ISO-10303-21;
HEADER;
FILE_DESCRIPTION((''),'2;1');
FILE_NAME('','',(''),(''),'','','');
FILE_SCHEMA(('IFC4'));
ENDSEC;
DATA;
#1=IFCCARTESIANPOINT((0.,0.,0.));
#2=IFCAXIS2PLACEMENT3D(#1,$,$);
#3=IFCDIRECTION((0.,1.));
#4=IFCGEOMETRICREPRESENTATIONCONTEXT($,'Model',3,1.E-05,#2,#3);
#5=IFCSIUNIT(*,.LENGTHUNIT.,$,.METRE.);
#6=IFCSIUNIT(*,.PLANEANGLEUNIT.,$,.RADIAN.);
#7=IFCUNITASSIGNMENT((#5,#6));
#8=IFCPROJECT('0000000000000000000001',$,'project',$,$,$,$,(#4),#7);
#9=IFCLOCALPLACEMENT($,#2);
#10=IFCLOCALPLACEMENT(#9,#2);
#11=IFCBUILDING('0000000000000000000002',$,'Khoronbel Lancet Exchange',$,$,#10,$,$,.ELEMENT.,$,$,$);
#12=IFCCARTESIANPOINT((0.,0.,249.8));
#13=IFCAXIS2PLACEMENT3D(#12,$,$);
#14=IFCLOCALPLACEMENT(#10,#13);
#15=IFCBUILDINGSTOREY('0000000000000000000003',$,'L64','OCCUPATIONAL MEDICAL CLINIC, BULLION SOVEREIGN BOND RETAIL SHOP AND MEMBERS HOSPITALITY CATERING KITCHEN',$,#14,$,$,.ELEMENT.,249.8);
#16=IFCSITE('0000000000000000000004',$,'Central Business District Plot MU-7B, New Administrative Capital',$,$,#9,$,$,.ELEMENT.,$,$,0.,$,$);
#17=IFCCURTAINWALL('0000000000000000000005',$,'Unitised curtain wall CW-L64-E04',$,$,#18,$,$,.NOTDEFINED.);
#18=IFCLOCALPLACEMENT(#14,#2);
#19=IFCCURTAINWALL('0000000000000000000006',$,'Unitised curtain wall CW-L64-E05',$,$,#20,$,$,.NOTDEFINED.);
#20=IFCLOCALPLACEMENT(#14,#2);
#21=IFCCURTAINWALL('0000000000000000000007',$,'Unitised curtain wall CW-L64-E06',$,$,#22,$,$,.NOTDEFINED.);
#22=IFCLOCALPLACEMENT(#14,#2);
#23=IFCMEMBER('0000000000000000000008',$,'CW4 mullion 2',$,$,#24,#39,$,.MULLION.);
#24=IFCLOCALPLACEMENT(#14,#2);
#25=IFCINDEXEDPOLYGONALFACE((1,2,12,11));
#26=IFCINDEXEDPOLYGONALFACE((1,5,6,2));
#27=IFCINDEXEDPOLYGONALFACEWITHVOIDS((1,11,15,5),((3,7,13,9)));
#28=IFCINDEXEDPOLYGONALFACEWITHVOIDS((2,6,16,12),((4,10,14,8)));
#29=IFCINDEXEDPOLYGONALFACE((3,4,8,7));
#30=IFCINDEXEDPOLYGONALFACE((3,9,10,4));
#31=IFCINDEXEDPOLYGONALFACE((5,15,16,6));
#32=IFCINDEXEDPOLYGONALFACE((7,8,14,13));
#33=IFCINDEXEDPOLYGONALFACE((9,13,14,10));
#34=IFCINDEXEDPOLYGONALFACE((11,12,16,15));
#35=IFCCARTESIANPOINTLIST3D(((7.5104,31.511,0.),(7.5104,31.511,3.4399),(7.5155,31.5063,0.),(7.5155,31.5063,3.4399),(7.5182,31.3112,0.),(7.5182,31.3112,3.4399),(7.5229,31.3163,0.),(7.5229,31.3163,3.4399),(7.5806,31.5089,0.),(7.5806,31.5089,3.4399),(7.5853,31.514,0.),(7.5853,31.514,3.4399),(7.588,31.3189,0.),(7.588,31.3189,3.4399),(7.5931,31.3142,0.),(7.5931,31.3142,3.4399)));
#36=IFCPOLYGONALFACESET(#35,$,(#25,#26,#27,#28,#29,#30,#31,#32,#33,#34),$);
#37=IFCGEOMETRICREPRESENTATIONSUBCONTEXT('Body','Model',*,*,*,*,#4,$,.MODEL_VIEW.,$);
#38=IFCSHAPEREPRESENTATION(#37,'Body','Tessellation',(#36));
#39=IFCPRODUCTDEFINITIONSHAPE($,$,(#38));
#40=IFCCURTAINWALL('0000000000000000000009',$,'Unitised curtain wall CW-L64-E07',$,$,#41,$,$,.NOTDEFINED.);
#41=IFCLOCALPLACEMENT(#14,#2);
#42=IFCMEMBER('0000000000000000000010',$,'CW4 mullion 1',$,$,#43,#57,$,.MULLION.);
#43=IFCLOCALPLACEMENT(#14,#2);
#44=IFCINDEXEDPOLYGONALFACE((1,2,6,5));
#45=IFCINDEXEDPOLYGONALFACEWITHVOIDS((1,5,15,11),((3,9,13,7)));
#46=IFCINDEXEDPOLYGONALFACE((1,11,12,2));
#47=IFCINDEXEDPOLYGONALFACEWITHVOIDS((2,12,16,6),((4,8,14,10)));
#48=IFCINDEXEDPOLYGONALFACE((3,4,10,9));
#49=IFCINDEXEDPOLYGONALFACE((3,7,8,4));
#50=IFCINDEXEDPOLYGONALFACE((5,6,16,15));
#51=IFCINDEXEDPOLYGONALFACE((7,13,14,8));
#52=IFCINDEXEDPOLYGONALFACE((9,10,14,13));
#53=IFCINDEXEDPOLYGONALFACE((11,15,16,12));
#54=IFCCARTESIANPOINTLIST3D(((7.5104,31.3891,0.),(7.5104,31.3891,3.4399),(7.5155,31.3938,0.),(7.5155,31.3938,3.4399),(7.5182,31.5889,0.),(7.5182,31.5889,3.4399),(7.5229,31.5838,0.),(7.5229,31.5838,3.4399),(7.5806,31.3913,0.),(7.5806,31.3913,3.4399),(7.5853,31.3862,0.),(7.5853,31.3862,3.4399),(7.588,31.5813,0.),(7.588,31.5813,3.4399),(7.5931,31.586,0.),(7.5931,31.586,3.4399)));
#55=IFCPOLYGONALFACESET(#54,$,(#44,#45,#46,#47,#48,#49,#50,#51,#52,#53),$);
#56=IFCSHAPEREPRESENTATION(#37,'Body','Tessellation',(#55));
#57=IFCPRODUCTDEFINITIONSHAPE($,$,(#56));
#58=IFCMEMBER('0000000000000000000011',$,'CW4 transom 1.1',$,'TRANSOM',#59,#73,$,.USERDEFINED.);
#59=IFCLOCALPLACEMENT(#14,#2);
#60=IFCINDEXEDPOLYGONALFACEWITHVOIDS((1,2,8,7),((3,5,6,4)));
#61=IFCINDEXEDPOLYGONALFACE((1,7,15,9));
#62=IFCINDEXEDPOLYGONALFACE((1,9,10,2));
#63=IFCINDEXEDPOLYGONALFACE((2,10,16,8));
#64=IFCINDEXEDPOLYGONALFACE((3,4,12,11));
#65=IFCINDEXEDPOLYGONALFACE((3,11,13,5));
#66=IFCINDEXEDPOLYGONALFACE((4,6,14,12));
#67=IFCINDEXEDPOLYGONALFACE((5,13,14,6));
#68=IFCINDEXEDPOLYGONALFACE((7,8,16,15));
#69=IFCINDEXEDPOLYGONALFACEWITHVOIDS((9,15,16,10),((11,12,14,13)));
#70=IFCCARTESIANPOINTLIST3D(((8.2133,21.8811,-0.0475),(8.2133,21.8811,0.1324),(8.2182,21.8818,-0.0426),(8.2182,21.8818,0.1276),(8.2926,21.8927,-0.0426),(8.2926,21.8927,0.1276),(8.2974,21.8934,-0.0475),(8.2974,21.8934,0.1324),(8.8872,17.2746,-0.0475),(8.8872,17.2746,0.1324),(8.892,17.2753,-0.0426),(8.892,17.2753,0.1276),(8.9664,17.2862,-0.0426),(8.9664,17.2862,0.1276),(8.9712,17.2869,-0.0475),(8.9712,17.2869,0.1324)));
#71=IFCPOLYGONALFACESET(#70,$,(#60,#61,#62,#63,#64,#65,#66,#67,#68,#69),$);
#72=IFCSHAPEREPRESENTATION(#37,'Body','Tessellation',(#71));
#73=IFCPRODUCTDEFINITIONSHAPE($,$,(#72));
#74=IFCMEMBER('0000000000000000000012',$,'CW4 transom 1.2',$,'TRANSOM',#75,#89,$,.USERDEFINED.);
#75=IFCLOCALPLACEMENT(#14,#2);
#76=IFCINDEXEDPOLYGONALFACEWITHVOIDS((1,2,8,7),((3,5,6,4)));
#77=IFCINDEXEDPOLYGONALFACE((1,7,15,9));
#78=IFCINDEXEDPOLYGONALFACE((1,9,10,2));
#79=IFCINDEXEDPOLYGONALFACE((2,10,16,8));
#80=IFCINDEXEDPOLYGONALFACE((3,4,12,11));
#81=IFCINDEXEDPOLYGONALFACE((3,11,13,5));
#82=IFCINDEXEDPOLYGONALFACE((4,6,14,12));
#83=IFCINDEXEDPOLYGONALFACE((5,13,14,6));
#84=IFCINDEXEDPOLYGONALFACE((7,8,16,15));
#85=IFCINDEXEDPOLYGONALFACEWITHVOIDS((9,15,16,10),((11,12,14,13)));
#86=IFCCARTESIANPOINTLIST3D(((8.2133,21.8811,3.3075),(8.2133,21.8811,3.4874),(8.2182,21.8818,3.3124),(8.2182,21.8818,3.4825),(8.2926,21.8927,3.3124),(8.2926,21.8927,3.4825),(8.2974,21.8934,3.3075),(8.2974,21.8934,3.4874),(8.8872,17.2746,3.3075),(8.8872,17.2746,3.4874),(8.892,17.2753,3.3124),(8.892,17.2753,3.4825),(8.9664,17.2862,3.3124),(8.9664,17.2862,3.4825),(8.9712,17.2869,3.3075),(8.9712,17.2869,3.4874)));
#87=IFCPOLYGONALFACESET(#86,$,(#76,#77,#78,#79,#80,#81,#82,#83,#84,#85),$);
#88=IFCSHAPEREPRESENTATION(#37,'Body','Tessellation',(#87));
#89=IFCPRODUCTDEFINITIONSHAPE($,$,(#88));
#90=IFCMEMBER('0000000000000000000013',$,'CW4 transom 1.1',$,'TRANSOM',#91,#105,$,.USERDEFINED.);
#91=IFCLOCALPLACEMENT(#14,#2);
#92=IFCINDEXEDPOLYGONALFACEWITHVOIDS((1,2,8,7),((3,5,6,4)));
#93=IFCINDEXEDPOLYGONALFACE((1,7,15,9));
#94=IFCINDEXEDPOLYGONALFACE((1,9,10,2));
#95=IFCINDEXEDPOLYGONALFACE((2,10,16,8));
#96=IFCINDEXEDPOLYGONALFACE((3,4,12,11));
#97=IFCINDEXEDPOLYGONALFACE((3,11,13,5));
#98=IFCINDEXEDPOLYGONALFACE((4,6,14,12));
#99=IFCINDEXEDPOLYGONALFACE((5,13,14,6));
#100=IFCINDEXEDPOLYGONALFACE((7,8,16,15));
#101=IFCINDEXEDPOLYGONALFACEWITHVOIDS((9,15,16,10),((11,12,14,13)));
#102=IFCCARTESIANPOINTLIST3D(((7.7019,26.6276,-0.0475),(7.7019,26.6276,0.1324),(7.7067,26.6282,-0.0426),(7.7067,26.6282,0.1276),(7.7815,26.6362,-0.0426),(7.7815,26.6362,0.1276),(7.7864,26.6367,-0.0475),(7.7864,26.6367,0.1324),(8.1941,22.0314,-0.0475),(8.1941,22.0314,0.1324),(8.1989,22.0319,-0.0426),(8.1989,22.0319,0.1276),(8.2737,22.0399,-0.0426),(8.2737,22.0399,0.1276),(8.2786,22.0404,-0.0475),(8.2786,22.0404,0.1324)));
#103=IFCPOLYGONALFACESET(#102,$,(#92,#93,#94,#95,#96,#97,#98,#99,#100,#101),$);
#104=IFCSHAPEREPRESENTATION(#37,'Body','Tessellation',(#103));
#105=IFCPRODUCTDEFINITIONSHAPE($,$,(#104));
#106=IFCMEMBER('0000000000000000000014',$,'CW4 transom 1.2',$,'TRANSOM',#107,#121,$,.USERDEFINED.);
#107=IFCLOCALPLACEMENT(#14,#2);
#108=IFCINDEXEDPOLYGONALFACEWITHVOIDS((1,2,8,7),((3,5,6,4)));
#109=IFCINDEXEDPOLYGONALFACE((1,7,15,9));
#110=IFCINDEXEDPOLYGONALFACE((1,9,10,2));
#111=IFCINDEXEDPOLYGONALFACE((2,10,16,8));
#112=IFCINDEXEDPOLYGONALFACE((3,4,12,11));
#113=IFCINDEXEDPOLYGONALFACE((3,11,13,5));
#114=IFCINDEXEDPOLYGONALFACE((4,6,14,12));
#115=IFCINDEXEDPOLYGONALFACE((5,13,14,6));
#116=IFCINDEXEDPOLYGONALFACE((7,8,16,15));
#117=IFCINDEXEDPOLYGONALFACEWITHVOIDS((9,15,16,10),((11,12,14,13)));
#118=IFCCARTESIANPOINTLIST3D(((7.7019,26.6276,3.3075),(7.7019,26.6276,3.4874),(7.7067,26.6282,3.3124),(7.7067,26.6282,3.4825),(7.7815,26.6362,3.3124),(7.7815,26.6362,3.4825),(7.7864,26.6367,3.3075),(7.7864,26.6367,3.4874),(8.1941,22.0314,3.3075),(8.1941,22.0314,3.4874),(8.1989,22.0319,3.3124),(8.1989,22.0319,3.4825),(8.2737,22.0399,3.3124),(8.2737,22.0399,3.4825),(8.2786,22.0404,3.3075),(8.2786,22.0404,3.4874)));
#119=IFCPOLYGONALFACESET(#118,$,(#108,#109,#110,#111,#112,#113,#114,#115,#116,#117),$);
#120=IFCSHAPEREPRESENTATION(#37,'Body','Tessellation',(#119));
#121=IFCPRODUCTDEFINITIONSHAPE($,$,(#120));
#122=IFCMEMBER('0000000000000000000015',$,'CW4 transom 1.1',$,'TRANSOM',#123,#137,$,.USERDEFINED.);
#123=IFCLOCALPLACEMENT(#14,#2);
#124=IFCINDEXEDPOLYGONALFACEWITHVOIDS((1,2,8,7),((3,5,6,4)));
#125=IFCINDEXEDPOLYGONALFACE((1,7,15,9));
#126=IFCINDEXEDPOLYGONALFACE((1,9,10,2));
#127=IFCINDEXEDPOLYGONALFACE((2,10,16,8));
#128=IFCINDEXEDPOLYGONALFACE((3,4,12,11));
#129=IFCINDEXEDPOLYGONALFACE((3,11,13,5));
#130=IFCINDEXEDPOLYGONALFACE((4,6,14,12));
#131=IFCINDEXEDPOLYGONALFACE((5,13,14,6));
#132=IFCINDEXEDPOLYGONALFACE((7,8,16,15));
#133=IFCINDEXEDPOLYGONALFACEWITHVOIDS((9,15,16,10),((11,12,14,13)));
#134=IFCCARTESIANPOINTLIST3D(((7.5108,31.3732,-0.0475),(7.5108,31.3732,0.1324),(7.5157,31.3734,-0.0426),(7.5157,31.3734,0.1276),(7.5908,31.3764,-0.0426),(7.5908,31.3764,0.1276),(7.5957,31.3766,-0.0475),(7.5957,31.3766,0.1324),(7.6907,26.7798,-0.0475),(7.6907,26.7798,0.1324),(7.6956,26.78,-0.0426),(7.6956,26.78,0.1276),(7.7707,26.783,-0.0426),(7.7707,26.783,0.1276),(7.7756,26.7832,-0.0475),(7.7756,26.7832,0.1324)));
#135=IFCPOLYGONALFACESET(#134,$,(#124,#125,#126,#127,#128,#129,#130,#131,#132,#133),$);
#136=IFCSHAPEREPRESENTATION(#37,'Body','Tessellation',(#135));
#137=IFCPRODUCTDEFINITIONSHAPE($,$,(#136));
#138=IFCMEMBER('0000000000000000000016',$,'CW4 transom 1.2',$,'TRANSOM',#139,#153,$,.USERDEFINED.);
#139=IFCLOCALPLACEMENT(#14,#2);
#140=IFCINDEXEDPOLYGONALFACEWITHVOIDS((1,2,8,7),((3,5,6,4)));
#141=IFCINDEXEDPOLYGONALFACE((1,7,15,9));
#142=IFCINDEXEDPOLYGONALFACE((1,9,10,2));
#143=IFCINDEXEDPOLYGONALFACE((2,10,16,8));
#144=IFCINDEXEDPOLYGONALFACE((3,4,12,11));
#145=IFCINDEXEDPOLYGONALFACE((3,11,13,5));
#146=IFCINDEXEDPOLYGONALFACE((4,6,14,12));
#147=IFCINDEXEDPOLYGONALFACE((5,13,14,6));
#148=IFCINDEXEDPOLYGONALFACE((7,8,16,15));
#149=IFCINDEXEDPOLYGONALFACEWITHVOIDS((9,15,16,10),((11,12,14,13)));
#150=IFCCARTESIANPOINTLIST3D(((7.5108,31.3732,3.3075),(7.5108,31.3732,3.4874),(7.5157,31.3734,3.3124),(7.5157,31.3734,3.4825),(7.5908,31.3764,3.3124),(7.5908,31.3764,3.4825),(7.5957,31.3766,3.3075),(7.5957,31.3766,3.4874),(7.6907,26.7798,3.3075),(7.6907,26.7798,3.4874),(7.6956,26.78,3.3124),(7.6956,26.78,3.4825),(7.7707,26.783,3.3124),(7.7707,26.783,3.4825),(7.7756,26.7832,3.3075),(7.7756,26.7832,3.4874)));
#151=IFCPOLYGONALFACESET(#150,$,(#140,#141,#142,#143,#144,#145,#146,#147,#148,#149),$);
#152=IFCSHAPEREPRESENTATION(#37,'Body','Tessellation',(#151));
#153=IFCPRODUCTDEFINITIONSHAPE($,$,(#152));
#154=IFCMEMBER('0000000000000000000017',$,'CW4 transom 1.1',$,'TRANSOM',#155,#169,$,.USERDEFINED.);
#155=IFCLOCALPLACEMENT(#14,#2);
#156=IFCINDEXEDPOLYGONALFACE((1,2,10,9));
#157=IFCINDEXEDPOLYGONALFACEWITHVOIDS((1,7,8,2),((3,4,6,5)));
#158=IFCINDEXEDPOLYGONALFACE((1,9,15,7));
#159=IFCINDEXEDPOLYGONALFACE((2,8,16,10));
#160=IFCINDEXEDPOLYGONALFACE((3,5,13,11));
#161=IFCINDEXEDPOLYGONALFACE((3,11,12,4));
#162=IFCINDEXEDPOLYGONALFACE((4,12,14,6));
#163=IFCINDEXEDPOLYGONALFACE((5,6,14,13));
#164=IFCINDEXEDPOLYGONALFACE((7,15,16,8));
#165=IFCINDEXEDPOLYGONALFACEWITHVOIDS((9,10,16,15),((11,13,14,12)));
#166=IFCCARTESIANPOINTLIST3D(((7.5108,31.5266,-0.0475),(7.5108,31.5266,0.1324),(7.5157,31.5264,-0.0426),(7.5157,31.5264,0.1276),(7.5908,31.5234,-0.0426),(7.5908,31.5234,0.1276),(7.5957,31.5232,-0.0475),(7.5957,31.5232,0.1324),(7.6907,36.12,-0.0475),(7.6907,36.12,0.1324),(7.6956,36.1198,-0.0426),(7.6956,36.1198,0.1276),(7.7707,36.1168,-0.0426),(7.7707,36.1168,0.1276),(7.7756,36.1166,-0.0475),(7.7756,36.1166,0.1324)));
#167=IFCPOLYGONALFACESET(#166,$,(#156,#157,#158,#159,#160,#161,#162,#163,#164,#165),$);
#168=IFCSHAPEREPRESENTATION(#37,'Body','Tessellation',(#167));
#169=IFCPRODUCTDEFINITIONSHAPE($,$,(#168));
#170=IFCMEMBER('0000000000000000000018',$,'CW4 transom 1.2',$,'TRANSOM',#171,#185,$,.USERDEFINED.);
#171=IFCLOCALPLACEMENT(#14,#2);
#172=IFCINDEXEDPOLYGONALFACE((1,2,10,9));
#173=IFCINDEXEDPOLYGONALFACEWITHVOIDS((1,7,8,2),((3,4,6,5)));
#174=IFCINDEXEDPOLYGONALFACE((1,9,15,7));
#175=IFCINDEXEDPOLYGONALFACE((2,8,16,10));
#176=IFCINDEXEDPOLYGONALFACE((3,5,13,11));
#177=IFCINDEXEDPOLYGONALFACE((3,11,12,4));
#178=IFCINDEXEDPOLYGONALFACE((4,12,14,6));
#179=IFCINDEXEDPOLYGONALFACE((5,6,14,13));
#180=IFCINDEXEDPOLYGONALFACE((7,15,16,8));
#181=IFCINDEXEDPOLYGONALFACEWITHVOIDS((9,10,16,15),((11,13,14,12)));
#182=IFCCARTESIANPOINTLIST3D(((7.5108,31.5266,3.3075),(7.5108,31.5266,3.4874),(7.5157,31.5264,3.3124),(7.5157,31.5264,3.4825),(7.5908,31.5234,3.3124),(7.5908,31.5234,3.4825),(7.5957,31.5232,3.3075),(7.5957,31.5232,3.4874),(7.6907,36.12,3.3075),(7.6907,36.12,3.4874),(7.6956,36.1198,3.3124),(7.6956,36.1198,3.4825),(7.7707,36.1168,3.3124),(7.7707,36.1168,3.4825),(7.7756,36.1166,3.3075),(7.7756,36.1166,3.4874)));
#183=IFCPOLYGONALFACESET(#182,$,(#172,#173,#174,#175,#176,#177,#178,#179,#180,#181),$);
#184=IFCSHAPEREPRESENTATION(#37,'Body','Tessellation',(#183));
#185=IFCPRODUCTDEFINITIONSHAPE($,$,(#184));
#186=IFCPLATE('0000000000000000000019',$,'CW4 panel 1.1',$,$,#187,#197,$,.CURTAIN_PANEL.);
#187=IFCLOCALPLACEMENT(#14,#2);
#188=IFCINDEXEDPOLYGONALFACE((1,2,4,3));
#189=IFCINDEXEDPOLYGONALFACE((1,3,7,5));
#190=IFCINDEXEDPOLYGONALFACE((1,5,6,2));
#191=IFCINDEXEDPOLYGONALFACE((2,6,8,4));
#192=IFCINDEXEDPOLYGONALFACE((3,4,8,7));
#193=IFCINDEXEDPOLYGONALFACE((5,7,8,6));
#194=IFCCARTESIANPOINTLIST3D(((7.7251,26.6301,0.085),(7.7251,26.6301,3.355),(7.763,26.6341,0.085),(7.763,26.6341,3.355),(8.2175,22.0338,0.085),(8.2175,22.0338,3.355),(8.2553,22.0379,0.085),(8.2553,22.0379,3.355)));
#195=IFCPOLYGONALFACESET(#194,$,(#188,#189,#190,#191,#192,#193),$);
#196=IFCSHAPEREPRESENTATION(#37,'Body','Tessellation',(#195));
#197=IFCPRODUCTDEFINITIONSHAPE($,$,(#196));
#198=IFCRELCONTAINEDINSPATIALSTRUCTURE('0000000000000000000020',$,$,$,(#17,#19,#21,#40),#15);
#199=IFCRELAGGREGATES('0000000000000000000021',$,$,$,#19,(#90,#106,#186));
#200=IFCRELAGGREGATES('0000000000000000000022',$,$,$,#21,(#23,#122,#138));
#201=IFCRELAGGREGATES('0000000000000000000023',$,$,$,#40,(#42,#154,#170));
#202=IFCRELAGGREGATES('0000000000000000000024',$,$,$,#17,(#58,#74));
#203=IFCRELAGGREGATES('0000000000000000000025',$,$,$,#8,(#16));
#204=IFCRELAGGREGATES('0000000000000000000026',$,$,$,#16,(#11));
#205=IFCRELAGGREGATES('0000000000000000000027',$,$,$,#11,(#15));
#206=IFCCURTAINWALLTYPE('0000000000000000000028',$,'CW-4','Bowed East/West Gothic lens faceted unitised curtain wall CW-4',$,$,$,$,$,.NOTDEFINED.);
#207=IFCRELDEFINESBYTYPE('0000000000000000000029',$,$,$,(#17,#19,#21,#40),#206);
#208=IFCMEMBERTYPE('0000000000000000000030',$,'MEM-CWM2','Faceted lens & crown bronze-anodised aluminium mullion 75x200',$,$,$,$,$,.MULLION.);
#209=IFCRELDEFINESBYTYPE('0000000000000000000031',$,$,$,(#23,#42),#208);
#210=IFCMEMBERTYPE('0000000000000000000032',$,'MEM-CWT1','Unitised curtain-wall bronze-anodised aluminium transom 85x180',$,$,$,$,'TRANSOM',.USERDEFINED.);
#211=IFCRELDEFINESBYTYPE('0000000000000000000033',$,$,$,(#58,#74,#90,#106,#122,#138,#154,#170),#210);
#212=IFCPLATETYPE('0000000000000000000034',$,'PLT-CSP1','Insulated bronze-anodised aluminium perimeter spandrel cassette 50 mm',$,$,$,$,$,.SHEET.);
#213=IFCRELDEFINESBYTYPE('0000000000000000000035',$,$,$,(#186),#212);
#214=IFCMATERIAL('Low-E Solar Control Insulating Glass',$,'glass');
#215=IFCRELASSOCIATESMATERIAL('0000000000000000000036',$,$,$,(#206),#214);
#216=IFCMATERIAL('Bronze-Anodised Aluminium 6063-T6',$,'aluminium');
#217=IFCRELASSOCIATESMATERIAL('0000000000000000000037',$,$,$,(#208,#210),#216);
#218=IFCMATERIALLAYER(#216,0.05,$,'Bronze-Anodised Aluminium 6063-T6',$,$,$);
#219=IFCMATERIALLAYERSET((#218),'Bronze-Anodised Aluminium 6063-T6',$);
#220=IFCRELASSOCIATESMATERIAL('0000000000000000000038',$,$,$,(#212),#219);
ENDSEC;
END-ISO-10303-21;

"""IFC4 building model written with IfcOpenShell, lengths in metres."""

from ifc_helpers import new_model, si_unit, direction, frame, origin, origin_2d, place, context, subcontext, project, spatial, rectangle, hollow_rectangle, extrude, material, layer, layer_set, material_profile, profile_set, type_object, element, aggregate, save


model = new_model("IFC4")

# Units and contexts
model_context = context("Model", 3, precision=1e-05, world=origin(), true_north=direction((0.0, 1.0)))
body_context = subcontext(model_context, "Body", "Model", "MODEL_VIEW")
ifc_project = project(units=[si_unit("LENGTHUNIT", "METRE"), si_unit("PLANEANGLEUNIT", "RADIAN")], contexts=[model_context])

# Site, building, storey
site_placement = place(None, origin())
site = spatial("IfcSite", under=ifc_project, at=site_placement, Name="Central Business District Plot MU-7B, New Administrative Capital", CompositionType="ELEMENT", RefElevation=0.0)
building_placement = place(site_placement, origin())
building = spatial("IfcBuilding", under=site, at=building_placement, Name="Khoronbel Lancet Exchange", CompositionType="ELEMENT")
storey_placement = place(building_placement, frame((0.0, 0.0, 249.8)))
storey = spatial("IfcBuildingStorey", under=building, at=storey_placement, Name="L64", Description="OCCUPATIONAL MEDICAL CLINIC, BULLION SOVEREIGN BOND RETAIL SHOP AND MEMBERS HOSPITALITY CATERING KITCHEN", CompositionType="ELEMENT", Elevation=249.8)

# Curtain walls, member
ifc_material_1 = material(Name="Low-E Solar Control Insulating Glass", Category="glass")
curtain_wall_type = type_object("IfcCurtainWallType", Name="CW-4", Description="Bowed East/West Gothic lens faceted unitised curtain wall CW-4", PredefinedType="NOTDEFINED", material=ifc_material_1)
curtain_wall_1_placement = place(storey_placement, origin())
curtain_wall_1 = element("IfcCurtainWall", 1, at=curtain_wall_1_placement, inside=storey, type_object=curtain_wall_type, Name="Unitised curtain wall CW-L64-E04", PredefinedType="NOTDEFINED")
ifc_material_2 = material(Name="Bronze-Anodised Aluminium 6063-T6", Category="aluminium")
ifc_material_profile_1 = material_profile(ifc_material_2, hollow_rectangle(XDim=0.075, YDim=0.2, WallThickness=0.0049, at=origin_2d()), Name="ALU MULLION 75x200")
ifc_profile_set_1 = profile_set([ifc_material_profile_1], Name="Bronze-Anodised Aluminium 6063-T6")
member_type_1 = type_object("IfcMemberType", Name="MEM-CWM2", Description="Faceted lens & crown bronze-anodised aluminium mullion 75x200", PredefinedType="MULLION", material=ifc_profile_set_1)
curtain_wall_2_placement = place(storey_placement, origin())
curtain_wall_2 = element("IfcCurtainWall", 2, at=curtain_wall_2_placement, inside=storey, type_object=curtain_wall_type, Name="Unitised curtain wall CW-L64-E05", PredefinedType="NOTDEFINED")
curtain_wall_3_placement = place(storey_placement, origin())
curtain_wall_3 = element("IfcCurtainWall", 3, at=curtain_wall_3_placement, inside=storey, type_object=curtain_wall_type, Name="Unitised curtain wall CW-L64-E06", PredefinedType="NOTDEFINED")
member_1_placement = place(storey_placement, frame((7.5518, 31.4126, 0.0), z_axis=(0.0, 0.0, 1.0), x_axis=(-0.999233, -0.039161, 0.0)))
member_1 = element("IfcMember", 4, at=member_1_placement, type_object=member_type_1, Name="CW4 mullion 2", PredefinedType="MULLION", context=body_context, shape_type="SweptSolid", body=[
    extrude(hollow_rectangle(XDim=0.075, YDim=0.2, WallThickness=0.0049, at=origin_2d()), origin(), (0.0, 0.0, 1.0), 3.4399),
])

# Curtain wall, member
curtain_wall_4_placement = place(storey_placement, origin())
curtain_wall_4 = element("IfcCurtainWall", 5, at=curtain_wall_4_placement, inside=storey, type_object=curtain_wall_type, Name="Unitised curtain wall CW-L64-E07", PredefinedType="NOTDEFINED")
member_2_placement = place(storey_placement, frame((7.5518, 31.4875, 0.0), z_axis=(0.0, 0.0, 1.0), x_axis=(-0.999233, 0.039161, 0.0)))
member_2 = element("IfcMember", 6, at=member_2_placement, type_object=member_type_1, Name="CW4 mullion 1", PredefinedType="MULLION", context=body_context, shape_type="SweptSolid", body=[
    extrude(hollow_rectangle(XDim=0.075, YDim=0.2, WallThickness=0.0049, at=origin_2d()), origin(), (0.0, 0.0, 1.0), 3.4399),
])

# Members
ifc_material_profile_2 = material_profile(ifc_material_2, hollow_rectangle(XDim=0.085, YDim=0.1799, WallThickness=0.0049, at=origin_2d()), Name="ALU TRANSOM 85x180")
ifc_profile_set_2 = profile_set([ifc_material_profile_2], Name="Bronze-Anodised Aluminium 6063-T6")
member_type_2 = type_object("IfcMemberType", Name="MEM-CWT1", Description="Unitised curtain-wall bronze-anodised aluminium transom 85x180", ElementType="TRANSOM", PredefinedType="USERDEFINED", material=ifc_profile_set_2)
member_3_placement = place(storey_placement, frame((8.9292, 17.2808, 0.0425), z_axis=(-0.144739, 0.98947, 0.0), x_axis=(-0.98947, -0.144739, 0.0)))
member_3 = element("IfcMember", 7, at=member_3_placement, type_object=member_type_2, Name="CW4 transom 1.1", ObjectType="TRANSOM", PredefinedType="USERDEFINED", context=body_context, shape_type="SweptSolid", body=[
    extrude(hollow_rectangle(XDim=0.085, YDim=0.1799, WallThickness=0.0049, at=origin_2d()), origin(), (0.0, 0.0, 1.0), 4.6555),
])
member_4_placement = place(storey_placement, frame((8.9292, 17.2808, 3.3975), z_axis=(-0.144739, 0.98947, 0.0), x_axis=(-0.98947, -0.144739, 0.0)))
member_4 = element("IfcMember", 8, at=member_4_placement, type_object=member_type_2, Name="CW4 transom 1.2", ObjectType="TRANSOM", PredefinedType="USERDEFINED", context=body_context, shape_type="SweptSolid", body=[
    extrude(hollow_rectangle(XDim=0.085, YDim=0.1799, WallThickness=0.0049, at=origin_2d()), origin(), (0.0, 0.0, 1.0), 4.6555),
])
member_5_placement = place(storey_placement, frame((8.2363, 22.0359, 0.0425), z_axis=(-0.106477, 0.994315, 0.0), x_axis=(-0.994315, -0.106477, 0.0)))
member_5 = element("IfcMember", 9, at=member_5_placement, type_object=member_type_2, Name="CW4 transom 1.1", ObjectType="TRANSOM", PredefinedType="USERDEFINED", context=body_context, shape_type="SweptSolid", body=[
    extrude(hollow_rectangle(XDim=0.085, YDim=0.1799, WallThickness=0.0049, at=origin_2d()), origin(), (0.0, 0.0, 1.0), 4.6226),
])
member_6_placement = place(storey_placement, frame((8.2363, 22.0359, 3.3975), z_axis=(-0.106477, 0.994315, 0.0), x_axis=(-0.994315, -0.106477, 0.0)))
member_6 = element("IfcMember", 10, at=member_6_placement, type_object=member_type_2, Name="CW4 transom 1.2", ObjectType="TRANSOM", PredefinedType="USERDEFINED", context=body_context, shape_type="SweptSolid", body=[
    extrude(hollow_rectangle(XDim=0.085, YDim=0.1799, WallThickness=0.0049, at=origin_2d()), origin(), (0.0, 0.0, 1.0), 4.6226),
])
member_7_placement = place(storey_placement, frame((7.7332, 26.7815, 0.0425), z_axis=(-0.039141, 0.999234, 0.0), x_axis=(-0.999234, -0.039141, 0.0)))
member_7 = element("IfcMember", 11, at=member_7_placement, type_object=member_type_2, Name="CW4 transom 1.1", ObjectType="TRANSOM", PredefinedType="USERDEFINED", context=body_context, shape_type="SweptSolid", body=[
    extrude(hollow_rectangle(XDim=0.085, YDim=0.1799, WallThickness=0.0049, at=origin_2d()), origin(), (0.0, 0.0, 1.0), 4.5969),
])
member_8_placement = place(storey_placement, frame((7.7332, 26.7815, 3.3975), z_axis=(-0.039141, 0.999234, 0.0), x_axis=(-0.999234, -0.039141, 0.0)))
member_8 = element("IfcMember", 12, at=member_8_placement, type_object=member_type_2, Name="CW4 transom 1.2", ObjectType="TRANSOM", PredefinedType="USERDEFINED", context=body_context, shape_type="SweptSolid", body=[
    extrude(hollow_rectangle(XDim=0.085, YDim=0.1799, WallThickness=0.0049, at=origin_2d()), origin(), (0.0, 0.0, 1.0), 4.5969),
])
member_9_placement = place(storey_placement, frame((7.5532, 31.5249, 0.0425), z_axis=(0.039141, 0.999234, 0.0), x_axis=(-0.999234, 0.039141, 0.0)))
member_9 = element("IfcMember", 13, at=member_9_placement, type_object=member_type_2, Name="CW4 transom 1.1", ObjectType="TRANSOM", PredefinedType="USERDEFINED", context=body_context, shape_type="SweptSolid", body=[
    extrude(hollow_rectangle(XDim=0.085, YDim=0.1799, WallThickness=0.0049, at=origin_2d()), origin(), (0.0, 0.0, 1.0), 4.5969),
])
member_10_placement = place(storey_placement, frame((7.5532, 31.5249, 3.3975), z_axis=(0.039141, 0.999234, 0.0), x_axis=(-0.999234, 0.039141, 0.0)))
member_10 = element("IfcMember", 14, at=member_10_placement, type_object=member_type_2, Name="CW4 transom 1.2", ObjectType="TRANSOM", PredefinedType="USERDEFINED", context=body_context, shape_type="SweptSolid", body=[
    extrude(hollow_rectangle(XDim=0.085, YDim=0.1799, WallThickness=0.0049, at=origin_2d()), origin(), (0.0, 0.0, 1.0), 4.5969),
])

# Plate
ifc_layer_1 = layer(ifc_material_2, 0.05, Name="Bronze-Anodised Aluminium 6063-T6")
ifc_layer_set_1 = layer_set([ifc_layer_1], Name="Bronze-Anodised Aluminium 6063-T6")
plate_type_1 = type_object("IfcPlateType", Name="PLT-CSP1", Description="Insulated bronze-anodised aluminium perimeter spandrel cassette 50 mm", PredefinedType="SHEET", material=ifc_layer_set_1)
plate_1_placement = place(storey_placement, frame((7.9902, 24.334, 0.085), z_axis=(0.0, 0.0, 1.0), x_axis=(-0.106507, 0.994312, 0.0)))
plate_1 = element("IfcPlate", 15, at=plate_1_placement, type_object=plate_type_1, Name="CW4 panel 1.1", PredefinedType="CURTAIN_PANEL", context=body_context, shape_type="SweptSolid", body=[
    extrude(rectangle(XDim=4.6226, YDim=0.0381, at=origin_2d()), origin(), (0.0, 0.0, 1.0), 3.27),
])
aggregate(curtain_wall_2, [member_5, member_6, plate_1])
aggregate(curtain_wall_3, [member_1, member_7, member_8])
aggregate(curtain_wall_4, [member_2, member_9, member_10])
aggregate(curtain_wall_1, [member_3, member_4])

save(model, "model.ifc")
